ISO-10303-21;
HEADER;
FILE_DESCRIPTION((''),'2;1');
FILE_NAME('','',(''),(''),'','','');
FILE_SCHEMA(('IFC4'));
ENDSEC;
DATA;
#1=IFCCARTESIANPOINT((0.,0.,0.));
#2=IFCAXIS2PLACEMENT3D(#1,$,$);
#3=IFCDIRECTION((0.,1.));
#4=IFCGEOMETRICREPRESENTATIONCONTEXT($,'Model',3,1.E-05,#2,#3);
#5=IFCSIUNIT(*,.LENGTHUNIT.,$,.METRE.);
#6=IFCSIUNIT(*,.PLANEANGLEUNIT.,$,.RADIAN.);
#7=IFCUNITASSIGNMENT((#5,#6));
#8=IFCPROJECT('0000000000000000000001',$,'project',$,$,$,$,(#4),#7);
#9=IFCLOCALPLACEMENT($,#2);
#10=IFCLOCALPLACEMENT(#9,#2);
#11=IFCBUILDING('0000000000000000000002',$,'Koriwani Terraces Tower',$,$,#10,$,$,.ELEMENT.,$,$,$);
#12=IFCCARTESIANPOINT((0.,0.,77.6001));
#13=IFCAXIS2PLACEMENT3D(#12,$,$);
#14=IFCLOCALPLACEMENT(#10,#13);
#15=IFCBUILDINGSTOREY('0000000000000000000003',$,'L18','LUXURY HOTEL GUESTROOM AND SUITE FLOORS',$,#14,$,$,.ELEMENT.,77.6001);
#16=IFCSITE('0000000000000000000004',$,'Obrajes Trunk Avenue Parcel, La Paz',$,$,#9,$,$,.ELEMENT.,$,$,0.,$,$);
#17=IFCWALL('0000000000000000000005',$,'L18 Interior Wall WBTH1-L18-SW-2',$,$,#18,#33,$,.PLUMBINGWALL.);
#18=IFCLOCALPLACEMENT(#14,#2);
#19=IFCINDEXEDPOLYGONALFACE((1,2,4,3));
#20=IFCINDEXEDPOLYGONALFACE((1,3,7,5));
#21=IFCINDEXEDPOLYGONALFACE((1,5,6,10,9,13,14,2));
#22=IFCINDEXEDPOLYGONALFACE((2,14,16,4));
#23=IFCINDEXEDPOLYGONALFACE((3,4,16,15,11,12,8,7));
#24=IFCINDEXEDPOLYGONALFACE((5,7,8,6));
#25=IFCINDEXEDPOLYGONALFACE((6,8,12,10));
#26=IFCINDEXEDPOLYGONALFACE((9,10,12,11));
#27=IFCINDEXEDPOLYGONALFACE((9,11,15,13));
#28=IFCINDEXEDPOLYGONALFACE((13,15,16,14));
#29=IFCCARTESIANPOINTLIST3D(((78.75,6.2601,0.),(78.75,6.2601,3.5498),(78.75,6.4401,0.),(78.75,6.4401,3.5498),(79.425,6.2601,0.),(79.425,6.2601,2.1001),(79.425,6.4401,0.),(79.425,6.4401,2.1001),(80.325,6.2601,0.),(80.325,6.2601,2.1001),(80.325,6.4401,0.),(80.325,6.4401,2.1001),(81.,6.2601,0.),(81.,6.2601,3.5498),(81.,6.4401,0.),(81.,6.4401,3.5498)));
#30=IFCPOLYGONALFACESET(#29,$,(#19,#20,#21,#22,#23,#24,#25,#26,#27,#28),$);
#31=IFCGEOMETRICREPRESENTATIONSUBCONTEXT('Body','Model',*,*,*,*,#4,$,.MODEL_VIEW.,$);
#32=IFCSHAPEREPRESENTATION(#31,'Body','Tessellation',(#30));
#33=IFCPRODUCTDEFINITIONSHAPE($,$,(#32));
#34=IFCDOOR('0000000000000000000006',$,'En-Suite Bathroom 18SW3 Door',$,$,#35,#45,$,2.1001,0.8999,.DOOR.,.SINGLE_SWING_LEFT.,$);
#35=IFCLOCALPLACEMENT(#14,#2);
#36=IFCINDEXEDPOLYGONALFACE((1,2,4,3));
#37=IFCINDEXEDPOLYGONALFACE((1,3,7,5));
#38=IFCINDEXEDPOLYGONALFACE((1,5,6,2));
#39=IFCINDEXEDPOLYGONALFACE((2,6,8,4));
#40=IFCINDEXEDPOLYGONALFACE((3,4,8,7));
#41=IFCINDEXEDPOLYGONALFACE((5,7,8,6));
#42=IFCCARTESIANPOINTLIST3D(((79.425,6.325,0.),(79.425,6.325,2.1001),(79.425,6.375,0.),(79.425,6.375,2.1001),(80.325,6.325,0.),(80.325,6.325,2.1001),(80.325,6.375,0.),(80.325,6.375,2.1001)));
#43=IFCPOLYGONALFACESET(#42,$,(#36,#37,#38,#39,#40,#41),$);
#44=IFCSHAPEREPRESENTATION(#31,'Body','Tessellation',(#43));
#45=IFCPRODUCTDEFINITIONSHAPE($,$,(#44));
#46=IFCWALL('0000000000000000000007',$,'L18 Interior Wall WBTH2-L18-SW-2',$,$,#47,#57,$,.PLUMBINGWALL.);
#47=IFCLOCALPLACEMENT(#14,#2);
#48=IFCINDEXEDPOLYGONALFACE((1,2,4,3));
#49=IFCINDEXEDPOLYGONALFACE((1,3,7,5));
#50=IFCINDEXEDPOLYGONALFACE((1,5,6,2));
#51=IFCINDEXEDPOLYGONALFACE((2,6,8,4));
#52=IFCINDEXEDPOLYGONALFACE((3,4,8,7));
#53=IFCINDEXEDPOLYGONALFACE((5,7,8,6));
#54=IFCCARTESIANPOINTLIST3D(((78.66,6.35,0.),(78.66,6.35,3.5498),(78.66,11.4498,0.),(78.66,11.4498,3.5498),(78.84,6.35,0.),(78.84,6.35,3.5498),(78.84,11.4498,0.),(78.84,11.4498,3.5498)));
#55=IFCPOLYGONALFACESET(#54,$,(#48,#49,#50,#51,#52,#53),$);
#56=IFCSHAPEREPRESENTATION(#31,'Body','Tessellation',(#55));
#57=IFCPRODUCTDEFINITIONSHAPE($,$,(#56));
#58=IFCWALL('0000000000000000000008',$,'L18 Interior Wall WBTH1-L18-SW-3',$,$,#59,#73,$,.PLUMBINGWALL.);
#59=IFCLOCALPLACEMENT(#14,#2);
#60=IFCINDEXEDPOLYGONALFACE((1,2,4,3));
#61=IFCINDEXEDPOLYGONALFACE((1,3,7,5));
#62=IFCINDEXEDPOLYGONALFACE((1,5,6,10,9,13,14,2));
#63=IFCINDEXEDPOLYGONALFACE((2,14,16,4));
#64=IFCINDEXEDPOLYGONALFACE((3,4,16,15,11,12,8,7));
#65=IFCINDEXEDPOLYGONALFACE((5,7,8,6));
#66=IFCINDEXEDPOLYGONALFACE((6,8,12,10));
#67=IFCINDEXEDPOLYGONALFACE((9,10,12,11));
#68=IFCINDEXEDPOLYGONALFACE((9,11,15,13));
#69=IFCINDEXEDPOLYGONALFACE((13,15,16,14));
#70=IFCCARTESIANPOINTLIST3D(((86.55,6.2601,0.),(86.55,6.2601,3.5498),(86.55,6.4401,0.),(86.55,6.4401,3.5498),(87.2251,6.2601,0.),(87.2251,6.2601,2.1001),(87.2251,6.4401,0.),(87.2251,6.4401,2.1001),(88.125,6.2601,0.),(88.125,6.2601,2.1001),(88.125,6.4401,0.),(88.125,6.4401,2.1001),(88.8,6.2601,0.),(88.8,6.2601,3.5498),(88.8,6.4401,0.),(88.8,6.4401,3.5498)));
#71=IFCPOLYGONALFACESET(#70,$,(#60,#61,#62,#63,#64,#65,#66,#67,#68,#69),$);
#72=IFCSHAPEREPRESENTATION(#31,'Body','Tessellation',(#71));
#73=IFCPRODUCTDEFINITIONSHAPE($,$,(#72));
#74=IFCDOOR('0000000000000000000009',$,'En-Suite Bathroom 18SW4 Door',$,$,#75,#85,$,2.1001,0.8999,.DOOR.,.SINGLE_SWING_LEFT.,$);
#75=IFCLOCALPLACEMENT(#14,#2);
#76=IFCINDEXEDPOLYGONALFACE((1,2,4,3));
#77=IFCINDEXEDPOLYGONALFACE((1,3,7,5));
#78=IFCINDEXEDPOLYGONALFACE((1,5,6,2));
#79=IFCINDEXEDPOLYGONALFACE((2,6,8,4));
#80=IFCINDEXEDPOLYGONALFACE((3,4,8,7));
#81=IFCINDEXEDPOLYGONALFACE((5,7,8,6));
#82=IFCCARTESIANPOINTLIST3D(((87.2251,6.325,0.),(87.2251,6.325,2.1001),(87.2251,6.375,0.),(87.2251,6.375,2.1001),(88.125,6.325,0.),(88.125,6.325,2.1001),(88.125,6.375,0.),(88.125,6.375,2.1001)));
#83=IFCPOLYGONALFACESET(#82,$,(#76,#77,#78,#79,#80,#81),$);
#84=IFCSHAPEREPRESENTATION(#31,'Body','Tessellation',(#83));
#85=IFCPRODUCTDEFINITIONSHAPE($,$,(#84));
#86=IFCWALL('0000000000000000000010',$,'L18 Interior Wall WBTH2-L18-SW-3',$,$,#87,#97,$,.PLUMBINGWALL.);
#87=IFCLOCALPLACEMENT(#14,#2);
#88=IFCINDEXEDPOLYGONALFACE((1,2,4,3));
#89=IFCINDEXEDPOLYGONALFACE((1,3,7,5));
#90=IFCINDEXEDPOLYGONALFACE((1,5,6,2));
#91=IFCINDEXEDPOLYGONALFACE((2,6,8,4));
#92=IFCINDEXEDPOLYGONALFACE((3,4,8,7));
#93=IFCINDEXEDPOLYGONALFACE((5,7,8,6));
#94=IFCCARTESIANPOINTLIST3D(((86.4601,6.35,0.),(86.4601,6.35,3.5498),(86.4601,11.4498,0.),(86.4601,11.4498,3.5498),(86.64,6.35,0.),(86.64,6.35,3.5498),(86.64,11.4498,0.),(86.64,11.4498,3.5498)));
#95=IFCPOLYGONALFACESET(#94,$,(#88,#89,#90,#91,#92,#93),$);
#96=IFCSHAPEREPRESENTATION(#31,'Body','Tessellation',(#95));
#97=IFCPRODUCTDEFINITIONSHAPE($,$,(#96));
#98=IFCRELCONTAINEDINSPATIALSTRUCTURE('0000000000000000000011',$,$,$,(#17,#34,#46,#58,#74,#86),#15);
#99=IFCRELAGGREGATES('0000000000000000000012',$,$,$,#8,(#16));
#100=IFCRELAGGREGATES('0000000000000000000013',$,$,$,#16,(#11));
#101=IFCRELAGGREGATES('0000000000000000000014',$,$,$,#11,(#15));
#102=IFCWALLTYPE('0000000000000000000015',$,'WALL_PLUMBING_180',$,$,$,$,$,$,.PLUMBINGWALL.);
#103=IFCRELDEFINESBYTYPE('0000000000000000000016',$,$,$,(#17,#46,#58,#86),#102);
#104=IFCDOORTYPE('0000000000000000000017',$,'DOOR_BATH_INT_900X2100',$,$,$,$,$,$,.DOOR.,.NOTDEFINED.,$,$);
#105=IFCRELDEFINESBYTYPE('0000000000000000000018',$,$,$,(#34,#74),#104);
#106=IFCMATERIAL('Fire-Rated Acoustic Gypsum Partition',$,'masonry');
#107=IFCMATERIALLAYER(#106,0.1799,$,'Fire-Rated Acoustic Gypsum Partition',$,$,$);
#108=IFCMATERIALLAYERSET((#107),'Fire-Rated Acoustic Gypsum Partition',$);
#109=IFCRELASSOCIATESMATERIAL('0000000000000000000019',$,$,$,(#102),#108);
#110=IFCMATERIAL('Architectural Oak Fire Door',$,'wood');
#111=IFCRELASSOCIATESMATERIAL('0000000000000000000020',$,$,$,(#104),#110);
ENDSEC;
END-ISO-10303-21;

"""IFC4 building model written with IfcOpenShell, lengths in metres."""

from ifc_helpers import new_model, si_unit, direction, frame, frame_2d, origin, place, context, subcontext, project, spatial, rectangle, extrude, material, layer, layer_set, type_object, element, fill, save


model = new_model("IFC4")

# Units and contexts
model_context = context("Model", 3, precision=1e-05, world=origin(), true_north=direction((0.0, 1.0)))
body_context = subcontext(model_context, "Body", "Model", "MODEL_VIEW")
ifc_project = project(units=[si_unit("LENGTHUNIT", "METRE"), si_unit("PLANEANGLEUNIT", "RADIAN")], contexts=[model_context])

# Site, building, storey
site_placement = place(None, origin())
site = spatial("IfcSite", under=ifc_project, at=site_placement, Name="Obrajes Trunk Avenue Parcel, La Paz", CompositionType="ELEMENT", RefElevation=0.0)
building_placement = place(site_placement, origin())
building = spatial("IfcBuilding", under=site, at=building_placement, Name="Koriwani Terraces Tower", CompositionType="ELEMENT")
storey_placement = place(building_placement, frame((0.0, 0.0, 77.6001)))
storey = spatial("IfcBuildingStorey", under=building, at=storey_placement, Name="L18", Description="LUXURY HOTEL GUESTROOM AND SUITE FLOORS", CompositionType="ELEMENT", Elevation=77.6001)

# Wall, opening, door
ifc_material_1 = material(Name="Fire-Rated Acoustic Gypsum Partition", Category="masonry")
ifc_layer_1 = layer(ifc_material_1, 0.1799, Name="Fire-Rated Acoustic Gypsum Partition")
ifc_layer_set_1 = layer_set([ifc_layer_1], Name="Fire-Rated Acoustic Gypsum Partition")
wall_type_1 = type_object("IfcWallType", Name="WALL_PLUMBING_180", PredefinedType="PLUMBINGWALL", material=ifc_layer_set_1)
wall_1_placement = place(storey_placement, frame((78.75, 6.3501, 0.0), z_axis=(0.0, 0.0, 1.0), x_axis=(1.0, 0.0, 0.0)))
wall_1 = element("IfcWall", 1, at=wall_1_placement, inside=storey, type_object=wall_type_1, Name="L18 Interior Wall WBTH1-L18-SW-2", PredefinedType="PLUMBINGWALL", context=body_context, shape_type="SweptSolid", body=[
    extrude(rectangle(XDim=2.25, YDim=0.1799, at=frame_2d((1.125, 0.0))), origin(), (0.0, 0.0, 1.0), 3.5498),
])
opening_1_placement = place(wall_1_placement, frame((0.675, 0.0, 0.0)))
opening_1 = element("IfcOpeningElement", 2, at=opening_1_placement, cuts=wall_1, PredefinedType="OPENING", context=body_context, shape_type="SweptSolid", body=[
    extrude(rectangle(XDim=0.8999, YDim=2.1001, at=frame_2d((0.45, 1.05))), frame((0.0, 0.1001, 0.0), z_axis=(0.0, -1.0, 0.0), x_axis=(1.0, 0.0, 0.0)), (0.0, 0.0, 1.0), 0.2),
])
ifc_material_2 = material(Name="Architectural Oak Fire Door", Category="wood")
door_type_1 = type_object("IfcDoorType", Name="DOOR_BATH_INT_900X2100", OperationType="NOTDEFINED", PredefinedType="DOOR", material=ifc_material_2)
door_1_placement = place(opening_1_placement, origin())
door_1 = element("IfcDoor", 3, at=door_1_placement, inside=storey, type_object=door_type_1, Name="En-Suite Bathroom 18SW3 Door", OperationType="SINGLE_SWING_LEFT", OverallHeight=2.1001, OverallWidth=0.8999, PredefinedType="DOOR", context=body_context, shape_type="SweptSolid", body=[
    extrude(rectangle(XDim=0.8999, YDim=2.1001, at=frame_2d((0.45, 1.05))), frame((0.0, 0.0249, 0.0), z_axis=(0.0, -1.0, 0.0), x_axis=(1.0, 0.0, 0.0)), (0.0, 0.0, 1.0), 0.05),
])
fill(opening_1, door_1)

# Wall
wall_2_placement = place(storey_placement, frame((78.75, 6.3501, 0.0), z_axis=(0.0, 0.0, 1.0), x_axis=(0.0, 1.0, 0.0)))
element("IfcWall", 4, at=wall_2_placement, inside=storey, type_object=wall_type_1, Name="L18 Interior Wall WBTH2-L18-SW-2", PredefinedType="PLUMBINGWALL", context=body_context, shape_type="SweptSolid", body=[
    extrude(rectangle(XDim=5.0999, YDim=0.1799, at=frame_2d((2.5498, 0.0))), origin(), (0.0, 0.0, 1.0), 3.5498),
])

# Wall, opening, door
wall_3_placement = place(storey_placement, frame((86.55, 6.3501, 0.0), z_axis=(0.0, 0.0, 1.0), x_axis=(1.0, 0.0, 0.0)))
wall_3 = element("IfcWall", 5, at=wall_3_placement, inside=storey, type_object=wall_type_1, Name="L18 Interior Wall WBTH1-L18-SW-3", PredefinedType="PLUMBINGWALL", context=body_context, shape_type="SweptSolid", body=[
    extrude(rectangle(XDim=2.25, YDim=0.1799, at=frame_2d((1.125, 0.0))), origin(), (0.0, 0.0, 1.0), 3.5498),
])
opening_2_placement = place(wall_3_placement, frame((0.675, 0.0, 0.0)))
opening_2 = element("IfcOpeningElement", 6, at=opening_2_placement, cuts=wall_3, PredefinedType="OPENING", context=body_context, shape_type="SweptSolid", body=[
    extrude(rectangle(XDim=0.8999, YDim=2.1001, at=frame_2d((0.45, 1.05))), frame((0.0, 0.1001, 0.0), z_axis=(0.0, -1.0, 0.0), x_axis=(1.0, 0.0, 0.0)), (0.0, 0.0, 1.0), 0.2),
])
door_2_placement = place(opening_2_placement, origin())
door_2 = element("IfcDoor", 7, at=door_2_placement, inside=storey, type_object=door_type_1, Name="En-Suite Bathroom 18SW4 Door", OperationType="SINGLE_SWING_LEFT", OverallHeight=2.1001, OverallWidth=0.8999, PredefinedType="DOOR", context=body_context, shape_type="SweptSolid", body=[
    extrude(rectangle(XDim=0.8999, YDim=2.1001, at=frame_2d((0.45, 1.05))), frame((0.0, 0.0249, 0.0), z_axis=(0.0, -1.0, 0.0), x_axis=(1.0, 0.0, 0.0)), (0.0, 0.0, 1.0), 0.05),
])
fill(opening_2, door_2)

# Wall
wall_4_placement = place(storey_placement, frame((86.55, 6.3501, 0.0), z_axis=(0.0, 0.0, 1.0), x_axis=(0.0, 1.0, 0.0)))
element("IfcWall", 8, at=wall_4_placement, inside=storey, type_object=wall_type_1, Name="L18 Interior Wall WBTH2-L18-SW-3", PredefinedType="PLUMBINGWALL", context=body_context, shape_type="SweptSolid", body=[
    extrude(rectangle(XDim=5.0999, YDim=0.1799, at=frame_2d((2.5498, 0.0))), origin(), (0.0, 0.0, 1.0), 3.5498),
])

save(model, "model.ifc")
